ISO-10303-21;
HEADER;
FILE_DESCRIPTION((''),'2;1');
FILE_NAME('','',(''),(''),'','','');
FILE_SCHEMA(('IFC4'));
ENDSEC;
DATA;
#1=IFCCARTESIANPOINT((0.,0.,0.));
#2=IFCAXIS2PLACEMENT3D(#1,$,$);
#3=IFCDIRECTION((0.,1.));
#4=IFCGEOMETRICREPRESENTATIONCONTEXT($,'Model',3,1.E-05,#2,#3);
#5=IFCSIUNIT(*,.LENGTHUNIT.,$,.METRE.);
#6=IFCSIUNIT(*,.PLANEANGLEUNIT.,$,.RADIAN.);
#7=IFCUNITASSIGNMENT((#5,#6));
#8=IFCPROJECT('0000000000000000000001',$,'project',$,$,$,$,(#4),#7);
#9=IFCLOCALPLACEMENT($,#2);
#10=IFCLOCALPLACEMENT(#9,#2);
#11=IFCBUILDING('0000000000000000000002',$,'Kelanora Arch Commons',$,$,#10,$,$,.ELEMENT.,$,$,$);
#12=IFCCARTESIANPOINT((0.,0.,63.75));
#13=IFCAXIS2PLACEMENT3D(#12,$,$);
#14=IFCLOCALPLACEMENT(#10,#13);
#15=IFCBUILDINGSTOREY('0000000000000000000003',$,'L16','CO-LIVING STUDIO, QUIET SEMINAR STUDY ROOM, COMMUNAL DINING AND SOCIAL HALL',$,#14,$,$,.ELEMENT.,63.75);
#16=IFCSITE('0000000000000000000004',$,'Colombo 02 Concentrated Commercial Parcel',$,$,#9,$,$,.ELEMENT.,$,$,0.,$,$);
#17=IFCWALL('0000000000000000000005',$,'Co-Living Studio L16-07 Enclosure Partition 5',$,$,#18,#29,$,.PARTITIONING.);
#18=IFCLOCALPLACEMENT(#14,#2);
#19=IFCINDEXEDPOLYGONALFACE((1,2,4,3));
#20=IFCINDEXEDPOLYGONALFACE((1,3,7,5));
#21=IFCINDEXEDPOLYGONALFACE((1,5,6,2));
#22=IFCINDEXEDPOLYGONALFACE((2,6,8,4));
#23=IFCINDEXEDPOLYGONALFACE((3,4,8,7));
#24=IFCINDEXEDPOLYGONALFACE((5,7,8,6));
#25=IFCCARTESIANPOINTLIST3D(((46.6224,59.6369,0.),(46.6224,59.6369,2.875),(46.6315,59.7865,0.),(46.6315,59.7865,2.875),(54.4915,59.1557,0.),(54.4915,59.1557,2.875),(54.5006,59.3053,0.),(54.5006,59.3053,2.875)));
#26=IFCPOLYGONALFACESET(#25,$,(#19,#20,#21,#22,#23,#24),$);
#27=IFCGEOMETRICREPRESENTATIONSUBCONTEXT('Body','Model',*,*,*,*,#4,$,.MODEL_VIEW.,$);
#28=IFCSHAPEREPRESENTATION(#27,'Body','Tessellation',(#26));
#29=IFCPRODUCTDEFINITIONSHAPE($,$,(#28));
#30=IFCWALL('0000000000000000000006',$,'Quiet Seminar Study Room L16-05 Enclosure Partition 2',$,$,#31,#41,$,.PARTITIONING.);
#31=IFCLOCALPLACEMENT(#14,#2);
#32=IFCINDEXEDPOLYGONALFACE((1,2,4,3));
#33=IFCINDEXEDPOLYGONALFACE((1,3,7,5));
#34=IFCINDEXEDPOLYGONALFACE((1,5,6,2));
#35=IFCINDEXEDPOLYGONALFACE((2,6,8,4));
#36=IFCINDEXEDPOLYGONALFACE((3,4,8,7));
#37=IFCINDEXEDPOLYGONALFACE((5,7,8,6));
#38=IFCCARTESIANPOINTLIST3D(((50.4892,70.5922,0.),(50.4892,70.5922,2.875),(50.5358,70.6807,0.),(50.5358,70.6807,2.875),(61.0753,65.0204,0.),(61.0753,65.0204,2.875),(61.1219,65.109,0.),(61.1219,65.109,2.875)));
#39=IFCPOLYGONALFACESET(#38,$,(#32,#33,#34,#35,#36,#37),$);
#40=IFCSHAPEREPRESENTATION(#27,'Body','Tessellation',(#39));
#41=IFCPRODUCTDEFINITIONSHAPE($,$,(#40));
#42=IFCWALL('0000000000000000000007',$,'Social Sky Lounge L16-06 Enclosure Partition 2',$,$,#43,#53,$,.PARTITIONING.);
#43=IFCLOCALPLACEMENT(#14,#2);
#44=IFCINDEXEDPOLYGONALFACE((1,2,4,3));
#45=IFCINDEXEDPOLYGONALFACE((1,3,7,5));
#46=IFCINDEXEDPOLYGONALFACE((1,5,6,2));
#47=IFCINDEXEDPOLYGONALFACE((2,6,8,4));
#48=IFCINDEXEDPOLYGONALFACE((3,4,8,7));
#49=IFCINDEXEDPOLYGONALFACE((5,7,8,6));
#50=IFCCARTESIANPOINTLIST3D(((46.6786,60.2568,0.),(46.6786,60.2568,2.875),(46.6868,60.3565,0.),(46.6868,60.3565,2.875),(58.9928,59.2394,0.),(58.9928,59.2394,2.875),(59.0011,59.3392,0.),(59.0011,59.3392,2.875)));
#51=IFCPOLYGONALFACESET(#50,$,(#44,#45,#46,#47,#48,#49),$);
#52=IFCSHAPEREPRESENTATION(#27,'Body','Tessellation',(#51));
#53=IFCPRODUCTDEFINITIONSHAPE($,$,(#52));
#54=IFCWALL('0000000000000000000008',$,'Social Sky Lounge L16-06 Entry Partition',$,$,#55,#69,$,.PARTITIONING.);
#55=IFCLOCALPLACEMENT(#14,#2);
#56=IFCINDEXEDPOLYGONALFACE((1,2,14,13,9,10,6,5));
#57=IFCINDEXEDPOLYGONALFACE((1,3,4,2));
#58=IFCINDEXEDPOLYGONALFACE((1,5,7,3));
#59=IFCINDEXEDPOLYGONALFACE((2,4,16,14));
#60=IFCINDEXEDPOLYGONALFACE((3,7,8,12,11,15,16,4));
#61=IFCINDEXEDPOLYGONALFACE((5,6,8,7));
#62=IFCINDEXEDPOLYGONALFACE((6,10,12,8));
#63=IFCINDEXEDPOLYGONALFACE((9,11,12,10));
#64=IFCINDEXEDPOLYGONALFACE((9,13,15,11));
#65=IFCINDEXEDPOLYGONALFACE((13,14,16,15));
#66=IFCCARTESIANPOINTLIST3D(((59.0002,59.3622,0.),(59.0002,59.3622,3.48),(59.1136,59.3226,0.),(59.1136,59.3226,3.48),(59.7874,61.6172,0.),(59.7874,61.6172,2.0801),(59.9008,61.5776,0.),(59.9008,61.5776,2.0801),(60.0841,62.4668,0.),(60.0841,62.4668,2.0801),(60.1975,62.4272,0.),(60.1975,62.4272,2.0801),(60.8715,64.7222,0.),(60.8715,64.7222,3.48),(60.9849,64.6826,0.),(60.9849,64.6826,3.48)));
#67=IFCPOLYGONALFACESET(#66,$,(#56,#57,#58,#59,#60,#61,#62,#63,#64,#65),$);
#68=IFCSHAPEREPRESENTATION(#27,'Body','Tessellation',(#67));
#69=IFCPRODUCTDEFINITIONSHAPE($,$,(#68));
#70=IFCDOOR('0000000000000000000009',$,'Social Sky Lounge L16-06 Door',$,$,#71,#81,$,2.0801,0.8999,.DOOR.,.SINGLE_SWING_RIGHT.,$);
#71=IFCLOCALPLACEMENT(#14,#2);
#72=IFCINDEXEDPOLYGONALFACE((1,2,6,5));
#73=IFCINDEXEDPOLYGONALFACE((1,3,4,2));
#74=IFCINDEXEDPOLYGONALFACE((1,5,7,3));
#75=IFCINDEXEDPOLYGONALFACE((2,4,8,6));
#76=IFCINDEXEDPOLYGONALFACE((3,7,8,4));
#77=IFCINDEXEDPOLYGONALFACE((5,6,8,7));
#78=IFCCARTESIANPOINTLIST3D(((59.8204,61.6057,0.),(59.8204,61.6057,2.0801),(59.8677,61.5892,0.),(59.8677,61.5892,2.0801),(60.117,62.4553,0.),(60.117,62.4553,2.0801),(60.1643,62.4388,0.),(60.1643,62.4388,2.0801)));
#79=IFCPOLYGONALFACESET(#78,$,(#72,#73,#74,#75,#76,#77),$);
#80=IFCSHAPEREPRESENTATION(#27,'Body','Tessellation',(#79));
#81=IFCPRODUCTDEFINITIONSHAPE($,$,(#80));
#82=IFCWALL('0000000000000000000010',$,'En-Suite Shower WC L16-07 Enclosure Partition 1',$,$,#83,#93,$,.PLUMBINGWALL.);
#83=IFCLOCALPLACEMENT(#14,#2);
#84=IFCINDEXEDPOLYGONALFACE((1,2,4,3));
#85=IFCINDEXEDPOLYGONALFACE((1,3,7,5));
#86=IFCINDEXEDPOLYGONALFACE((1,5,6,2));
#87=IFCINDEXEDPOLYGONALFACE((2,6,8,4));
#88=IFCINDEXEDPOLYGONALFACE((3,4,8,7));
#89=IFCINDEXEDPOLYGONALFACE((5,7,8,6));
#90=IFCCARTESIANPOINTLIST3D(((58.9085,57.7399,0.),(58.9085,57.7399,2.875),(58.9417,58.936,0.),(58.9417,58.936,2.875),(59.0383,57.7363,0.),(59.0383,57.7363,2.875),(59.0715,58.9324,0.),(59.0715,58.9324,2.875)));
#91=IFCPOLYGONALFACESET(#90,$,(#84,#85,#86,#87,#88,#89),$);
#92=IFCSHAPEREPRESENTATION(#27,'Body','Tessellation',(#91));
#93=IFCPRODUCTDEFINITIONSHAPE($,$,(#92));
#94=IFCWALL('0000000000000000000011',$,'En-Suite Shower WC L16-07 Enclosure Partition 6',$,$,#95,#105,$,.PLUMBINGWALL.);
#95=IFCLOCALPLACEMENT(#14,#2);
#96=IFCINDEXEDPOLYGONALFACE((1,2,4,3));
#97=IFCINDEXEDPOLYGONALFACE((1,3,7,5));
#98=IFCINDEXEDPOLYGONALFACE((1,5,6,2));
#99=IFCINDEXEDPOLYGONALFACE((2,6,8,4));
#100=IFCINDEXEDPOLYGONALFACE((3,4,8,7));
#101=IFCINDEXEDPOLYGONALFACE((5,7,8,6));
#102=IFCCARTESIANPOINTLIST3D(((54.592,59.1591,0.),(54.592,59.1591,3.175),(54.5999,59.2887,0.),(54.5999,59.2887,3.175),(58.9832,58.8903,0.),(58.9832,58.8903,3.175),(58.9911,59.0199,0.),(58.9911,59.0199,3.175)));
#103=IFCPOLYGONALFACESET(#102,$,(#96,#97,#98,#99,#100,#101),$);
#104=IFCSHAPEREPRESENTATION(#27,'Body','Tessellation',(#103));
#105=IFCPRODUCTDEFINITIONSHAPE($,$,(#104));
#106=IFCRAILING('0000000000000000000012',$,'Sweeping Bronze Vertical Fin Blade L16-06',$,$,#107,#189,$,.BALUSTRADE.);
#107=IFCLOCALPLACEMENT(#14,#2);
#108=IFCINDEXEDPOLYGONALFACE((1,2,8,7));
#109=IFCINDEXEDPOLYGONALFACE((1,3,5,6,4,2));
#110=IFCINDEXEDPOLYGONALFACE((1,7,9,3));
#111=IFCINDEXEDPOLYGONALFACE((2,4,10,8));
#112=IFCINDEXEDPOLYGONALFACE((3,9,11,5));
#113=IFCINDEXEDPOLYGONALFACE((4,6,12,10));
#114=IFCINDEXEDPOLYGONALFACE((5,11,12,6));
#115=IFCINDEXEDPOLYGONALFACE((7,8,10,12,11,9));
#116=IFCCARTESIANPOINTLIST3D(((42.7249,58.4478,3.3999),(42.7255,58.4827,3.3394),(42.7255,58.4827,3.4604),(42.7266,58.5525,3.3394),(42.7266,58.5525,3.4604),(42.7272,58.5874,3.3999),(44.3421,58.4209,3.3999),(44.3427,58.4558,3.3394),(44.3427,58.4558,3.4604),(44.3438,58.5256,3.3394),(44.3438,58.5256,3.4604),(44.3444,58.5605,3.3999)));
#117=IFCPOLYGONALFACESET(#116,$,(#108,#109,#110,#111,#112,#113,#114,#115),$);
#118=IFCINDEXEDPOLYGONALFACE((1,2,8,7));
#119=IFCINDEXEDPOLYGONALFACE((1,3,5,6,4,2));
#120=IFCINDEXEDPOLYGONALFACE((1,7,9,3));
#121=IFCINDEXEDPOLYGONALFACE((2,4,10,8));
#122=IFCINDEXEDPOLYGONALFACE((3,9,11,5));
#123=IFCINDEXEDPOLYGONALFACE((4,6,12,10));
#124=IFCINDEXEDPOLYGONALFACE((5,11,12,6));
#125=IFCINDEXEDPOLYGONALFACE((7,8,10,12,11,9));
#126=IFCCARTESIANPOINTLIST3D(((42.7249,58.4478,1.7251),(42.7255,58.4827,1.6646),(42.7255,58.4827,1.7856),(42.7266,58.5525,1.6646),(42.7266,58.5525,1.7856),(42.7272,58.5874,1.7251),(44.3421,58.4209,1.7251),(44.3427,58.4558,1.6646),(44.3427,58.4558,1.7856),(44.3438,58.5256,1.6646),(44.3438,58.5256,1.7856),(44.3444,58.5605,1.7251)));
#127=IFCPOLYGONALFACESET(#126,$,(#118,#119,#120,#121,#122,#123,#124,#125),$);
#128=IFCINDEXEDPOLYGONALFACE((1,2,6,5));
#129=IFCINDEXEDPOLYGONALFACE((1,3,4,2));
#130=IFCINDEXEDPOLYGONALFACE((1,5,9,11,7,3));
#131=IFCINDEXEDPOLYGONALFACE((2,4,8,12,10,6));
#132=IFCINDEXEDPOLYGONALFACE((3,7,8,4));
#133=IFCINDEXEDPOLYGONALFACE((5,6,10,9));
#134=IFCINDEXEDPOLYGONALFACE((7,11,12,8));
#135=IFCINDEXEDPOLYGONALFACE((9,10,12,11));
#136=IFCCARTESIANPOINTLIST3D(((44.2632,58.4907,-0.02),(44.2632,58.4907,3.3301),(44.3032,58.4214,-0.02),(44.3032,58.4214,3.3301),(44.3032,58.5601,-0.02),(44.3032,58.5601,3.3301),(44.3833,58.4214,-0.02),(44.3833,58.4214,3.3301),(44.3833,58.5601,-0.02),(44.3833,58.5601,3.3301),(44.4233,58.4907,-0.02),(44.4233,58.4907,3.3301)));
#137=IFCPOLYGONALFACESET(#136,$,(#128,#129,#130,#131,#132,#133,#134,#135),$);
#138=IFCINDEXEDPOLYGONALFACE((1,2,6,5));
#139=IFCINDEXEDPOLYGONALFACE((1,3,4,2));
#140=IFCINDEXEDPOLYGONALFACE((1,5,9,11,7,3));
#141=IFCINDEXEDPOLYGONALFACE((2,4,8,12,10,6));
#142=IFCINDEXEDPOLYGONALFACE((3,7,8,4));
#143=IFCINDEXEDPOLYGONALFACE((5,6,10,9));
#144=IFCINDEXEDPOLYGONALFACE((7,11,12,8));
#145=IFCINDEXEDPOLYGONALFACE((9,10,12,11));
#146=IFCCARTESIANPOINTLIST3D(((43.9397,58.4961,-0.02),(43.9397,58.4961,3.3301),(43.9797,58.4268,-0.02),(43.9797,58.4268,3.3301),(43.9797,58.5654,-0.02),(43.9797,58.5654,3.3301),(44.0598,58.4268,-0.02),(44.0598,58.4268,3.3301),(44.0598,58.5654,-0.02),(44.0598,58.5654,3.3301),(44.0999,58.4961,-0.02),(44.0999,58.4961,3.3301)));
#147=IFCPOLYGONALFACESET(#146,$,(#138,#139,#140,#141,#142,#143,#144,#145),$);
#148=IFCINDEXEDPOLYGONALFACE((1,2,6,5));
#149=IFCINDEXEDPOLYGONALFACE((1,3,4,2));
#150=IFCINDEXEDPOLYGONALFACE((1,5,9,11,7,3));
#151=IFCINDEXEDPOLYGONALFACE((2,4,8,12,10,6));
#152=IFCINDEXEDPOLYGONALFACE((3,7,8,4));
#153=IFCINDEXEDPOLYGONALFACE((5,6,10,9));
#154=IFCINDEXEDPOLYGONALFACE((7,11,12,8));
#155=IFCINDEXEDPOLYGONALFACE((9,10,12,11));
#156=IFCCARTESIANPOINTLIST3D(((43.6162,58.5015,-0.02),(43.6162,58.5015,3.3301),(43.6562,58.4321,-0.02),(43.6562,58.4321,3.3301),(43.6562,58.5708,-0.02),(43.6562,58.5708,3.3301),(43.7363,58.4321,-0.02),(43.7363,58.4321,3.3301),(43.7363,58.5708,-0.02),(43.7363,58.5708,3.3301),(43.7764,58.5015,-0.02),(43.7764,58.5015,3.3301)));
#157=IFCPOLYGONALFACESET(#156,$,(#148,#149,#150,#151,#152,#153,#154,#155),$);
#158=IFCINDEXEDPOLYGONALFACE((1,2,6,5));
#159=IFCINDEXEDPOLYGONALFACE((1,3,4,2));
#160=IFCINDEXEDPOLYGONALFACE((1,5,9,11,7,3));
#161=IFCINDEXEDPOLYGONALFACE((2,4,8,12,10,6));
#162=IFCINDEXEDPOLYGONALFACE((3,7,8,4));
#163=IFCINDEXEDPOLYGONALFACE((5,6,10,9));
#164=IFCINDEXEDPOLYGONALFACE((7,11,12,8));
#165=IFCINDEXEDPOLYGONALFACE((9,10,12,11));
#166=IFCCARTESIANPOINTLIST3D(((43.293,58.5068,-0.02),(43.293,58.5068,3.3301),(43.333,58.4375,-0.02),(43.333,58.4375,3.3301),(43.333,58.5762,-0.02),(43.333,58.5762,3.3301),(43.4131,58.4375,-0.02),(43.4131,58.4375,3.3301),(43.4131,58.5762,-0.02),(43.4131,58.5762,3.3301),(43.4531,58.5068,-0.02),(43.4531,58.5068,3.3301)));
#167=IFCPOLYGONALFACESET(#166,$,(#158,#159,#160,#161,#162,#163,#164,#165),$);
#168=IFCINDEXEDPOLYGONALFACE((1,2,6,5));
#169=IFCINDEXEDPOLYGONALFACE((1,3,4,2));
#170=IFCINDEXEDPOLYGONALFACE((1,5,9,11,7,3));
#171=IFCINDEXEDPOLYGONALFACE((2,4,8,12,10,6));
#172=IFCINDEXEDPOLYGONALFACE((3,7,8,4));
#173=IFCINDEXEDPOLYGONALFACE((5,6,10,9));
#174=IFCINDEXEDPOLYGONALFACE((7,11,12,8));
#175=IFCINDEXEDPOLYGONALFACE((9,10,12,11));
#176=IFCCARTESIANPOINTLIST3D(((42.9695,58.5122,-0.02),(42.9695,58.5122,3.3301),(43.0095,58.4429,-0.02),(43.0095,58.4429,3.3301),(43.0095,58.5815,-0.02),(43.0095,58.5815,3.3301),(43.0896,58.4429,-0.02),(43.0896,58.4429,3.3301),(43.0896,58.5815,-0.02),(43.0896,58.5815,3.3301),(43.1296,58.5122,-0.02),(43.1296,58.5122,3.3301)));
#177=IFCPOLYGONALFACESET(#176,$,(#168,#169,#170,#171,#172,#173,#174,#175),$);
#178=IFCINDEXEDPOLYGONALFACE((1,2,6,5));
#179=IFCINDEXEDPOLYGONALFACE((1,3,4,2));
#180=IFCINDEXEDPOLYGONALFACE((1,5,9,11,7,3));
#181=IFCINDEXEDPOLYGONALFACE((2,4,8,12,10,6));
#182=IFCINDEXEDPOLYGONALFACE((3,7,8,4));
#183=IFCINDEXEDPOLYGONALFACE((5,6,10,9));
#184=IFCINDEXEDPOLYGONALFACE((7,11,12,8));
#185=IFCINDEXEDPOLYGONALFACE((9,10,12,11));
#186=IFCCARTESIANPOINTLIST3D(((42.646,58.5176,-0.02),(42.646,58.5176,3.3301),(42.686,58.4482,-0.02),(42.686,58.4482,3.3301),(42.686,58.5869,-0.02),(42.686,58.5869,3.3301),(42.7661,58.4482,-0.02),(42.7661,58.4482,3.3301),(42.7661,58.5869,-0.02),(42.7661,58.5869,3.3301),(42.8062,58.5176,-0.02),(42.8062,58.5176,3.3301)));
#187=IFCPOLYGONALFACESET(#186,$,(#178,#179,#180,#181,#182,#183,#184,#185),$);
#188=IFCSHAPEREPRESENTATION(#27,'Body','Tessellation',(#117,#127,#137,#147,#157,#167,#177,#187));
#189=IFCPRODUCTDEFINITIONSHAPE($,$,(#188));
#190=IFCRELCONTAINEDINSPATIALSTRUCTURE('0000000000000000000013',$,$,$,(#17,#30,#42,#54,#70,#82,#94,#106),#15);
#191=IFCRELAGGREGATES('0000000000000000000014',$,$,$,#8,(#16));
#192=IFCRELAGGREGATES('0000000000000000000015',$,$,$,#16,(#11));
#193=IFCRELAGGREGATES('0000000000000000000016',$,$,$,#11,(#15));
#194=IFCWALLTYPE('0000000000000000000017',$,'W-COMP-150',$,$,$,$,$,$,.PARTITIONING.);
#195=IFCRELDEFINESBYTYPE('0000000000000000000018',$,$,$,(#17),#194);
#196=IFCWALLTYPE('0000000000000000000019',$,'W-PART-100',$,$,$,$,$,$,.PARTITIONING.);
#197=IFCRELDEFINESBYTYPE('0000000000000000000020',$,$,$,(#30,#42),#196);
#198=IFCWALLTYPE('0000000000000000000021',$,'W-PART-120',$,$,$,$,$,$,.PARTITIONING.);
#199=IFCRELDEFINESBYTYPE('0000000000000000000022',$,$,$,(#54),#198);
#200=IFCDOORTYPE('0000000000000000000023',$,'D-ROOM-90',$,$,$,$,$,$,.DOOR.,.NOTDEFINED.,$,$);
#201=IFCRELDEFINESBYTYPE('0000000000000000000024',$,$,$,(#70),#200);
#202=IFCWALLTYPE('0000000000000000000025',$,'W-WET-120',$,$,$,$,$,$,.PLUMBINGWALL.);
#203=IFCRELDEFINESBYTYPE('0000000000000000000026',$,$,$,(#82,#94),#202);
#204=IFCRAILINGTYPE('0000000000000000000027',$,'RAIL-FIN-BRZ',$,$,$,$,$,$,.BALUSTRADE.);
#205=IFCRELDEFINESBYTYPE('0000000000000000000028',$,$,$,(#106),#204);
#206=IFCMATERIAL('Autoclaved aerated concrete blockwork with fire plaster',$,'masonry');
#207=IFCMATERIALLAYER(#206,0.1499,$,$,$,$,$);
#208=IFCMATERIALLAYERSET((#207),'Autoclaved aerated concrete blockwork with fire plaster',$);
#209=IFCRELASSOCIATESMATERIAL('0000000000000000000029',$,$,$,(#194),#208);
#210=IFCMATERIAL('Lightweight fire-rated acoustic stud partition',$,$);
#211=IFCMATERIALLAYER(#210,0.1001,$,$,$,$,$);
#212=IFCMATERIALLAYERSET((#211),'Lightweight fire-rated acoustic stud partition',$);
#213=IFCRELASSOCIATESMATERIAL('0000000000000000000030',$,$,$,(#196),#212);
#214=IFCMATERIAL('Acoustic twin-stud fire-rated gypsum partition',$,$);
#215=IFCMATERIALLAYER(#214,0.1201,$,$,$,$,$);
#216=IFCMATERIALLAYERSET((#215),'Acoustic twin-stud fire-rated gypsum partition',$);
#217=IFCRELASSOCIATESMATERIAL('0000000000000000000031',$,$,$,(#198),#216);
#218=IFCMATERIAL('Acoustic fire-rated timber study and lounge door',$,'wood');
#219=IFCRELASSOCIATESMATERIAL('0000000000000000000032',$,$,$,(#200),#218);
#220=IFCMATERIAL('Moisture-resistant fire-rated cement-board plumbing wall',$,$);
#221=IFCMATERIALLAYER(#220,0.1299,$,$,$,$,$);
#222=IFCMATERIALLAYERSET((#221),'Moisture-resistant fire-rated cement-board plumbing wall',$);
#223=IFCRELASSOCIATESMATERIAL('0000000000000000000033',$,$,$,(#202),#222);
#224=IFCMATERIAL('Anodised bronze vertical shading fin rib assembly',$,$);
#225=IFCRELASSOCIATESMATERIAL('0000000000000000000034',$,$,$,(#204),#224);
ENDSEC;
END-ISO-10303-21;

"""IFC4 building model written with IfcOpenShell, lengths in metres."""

from ifc_helpers import new_model, si_unit, direction, frame, frame_2d, origin, place, context, subcontext, project, spatial, polyline, rectangle, outline, extrude, material, layer, layer_set, type_object, element, fill, save


model = new_model("IFC4")

# Units and contexts
model_context = context("Model", 3, precision=1e-05, world=origin(), true_north=direction((0.0, 1.0)))
body_context = subcontext(model_context, "Body", "Model", "MODEL_VIEW")
ifc_project = project(units=[si_unit("LENGTHUNIT", "METRE"), si_unit("PLANEANGLEUNIT", "RADIAN")], contexts=[model_context])

# Site, building, storey
site_placement = place(None, origin())
site = spatial("IfcSite", under=ifc_project, at=site_placement, Name="Colombo 02 Concentrated Commercial Parcel", CompositionType="ELEMENT", RefElevation=0.0)
building_placement = place(site_placement, origin())
building = spatial("IfcBuilding", under=site, at=building_placement, Name="Kelanora Arch Commons", CompositionType="ELEMENT")
storey_placement = place(building_placement, frame((0.0, 0.0, 63.75)))
storey = spatial("IfcBuildingStorey", under=building, at=storey_placement, Name="L16", Description="CO-LIVING STUDIO, QUIET SEMINAR STUDY ROOM, COMMUNAL DINING AND SOCIAL HALL", CompositionType="ELEMENT", Elevation=63.75)

# Walls
ifc_material_1 = material(Name="Autoclaved aerated concrete blockwork with fire plaster", Category="masonry")
ifc_layer_1 = layer(ifc_material_1, 0.1499)
ifc_layer_set_1 = layer_set([ifc_layer_1], Name="Autoclaved aerated concrete blockwork with fire plaster")
wall_type_1 = type_object("IfcWallType", Name="W-COMP-150", PredefinedType="PARTITIONING", material=ifc_layer_set_1)
wall_1_placement = place(storey_placement, frame((46.627, 59.7117, 0.0), z_axis=(0.0, 0.0, 1.0), x_axis=(0.998136, -0.061036, 0.0)))
element("IfcWall", 1, at=wall_1_placement, inside=storey, type_object=wall_type_1, Name="Co-Living Studio L16-07 Enclosure Partition 5", PredefinedType="PARTITIONING", context=body_context, shape_type="SweptSolid", body=[
    extrude(rectangle(XDim=7.8838, YDim=0.1499, at=frame_2d((3.9419, 0.0))), origin(), (0.0, 0.0, 1.0), 2.875),
])
ifc_material_2 = material(Name="Lightweight fire-rated acoustic stud partition")
ifc_layer_2 = layer(ifc_material_2, 0.1001)
ifc_layer_set_2 = layer_set([ifc_layer_2], Name="Lightweight fire-rated acoustic stud partition")
wall_type_2 = type_object("IfcWallType", Name="W-PART-100", PredefinedType="PARTITIONING", material=ifc_layer_set_2)
wall_2_placement = place(storey_placement, frame((61.0986, 65.0647, 0.0), z_axis=(0.0, 0.0, 1.0), x_axis=(-0.884915, 0.465753, 0.0)))
element("IfcWall", 2, at=wall_2_placement, inside=storey, type_object=wall_type_2, Name="Quiet Seminar Study Room L16-05 Enclosure Partition 2", PredefinedType="PARTITIONING", context=body_context, shape_type="SweptSolid", body=[
    extrude(rectangle(XDim=11.9629, YDim=0.1001, at=frame_2d((5.9814, 0.0))), origin(), (0.0, 0.0, 1.0), 2.875),
])
wall_3_placement = place(storey_placement, frame((58.9971, 59.2893, 0.0), z_axis=(0.0, 0.0, 1.0), x_axis=(-0.996605, 0.082334, 0.0)))
element("IfcWall", 3, at=wall_3_placement, inside=storey, type_object=wall_type_2, Name="Social Sky Lounge L16-06 Enclosure Partition 2", PredefinedType="PARTITIONING", context=body_context, shape_type="SweptSolid", body=[
    extrude(rectangle(XDim=12.3562, YDim=0.1001, at=frame_2d((6.1782, 0.0))), origin(), (0.0, 0.0, 1.0), 2.875),
])

# Wall, opening, door
ifc_material_3 = material(Name="Acoustic twin-stud fire-rated gypsum partition")
ifc_layer_3 = layer(ifc_material_3, 0.1201)
ifc_layer_set_3 = layer_set([ifc_layer_3], Name="Acoustic twin-stud fire-rated gypsum partition")
wall_type_3 = type_object("IfcWallType", Name="W-PART-120", PredefinedType="PARTITIONING", material=ifc_layer_set_3)
wall_4_placement = place(storey_placement, frame((60.9282, 64.7024, 0.0), z_axis=(0.0, 0.0, 1.0), x_axis=(-0.329626, -0.944112, 0.0)))
wall_4 = element("IfcWall", 4, at=wall_4_placement, inside=storey, type_object=wall_type_3, Name="Social Sky Lounge L16-06 Entry Partition", PredefinedType="PARTITIONING", context=body_context, shape_type="SweptSolid", body=[
    extrude(rectangle(XDim=5.6772, YDim=0.1201, at=frame_2d((2.8386, 0.0))), origin(), (0.0, 0.0, 1.0), 3.48),
])
opening_placement = place(wall_4_placement, frame((2.3889, 0.0, 0.0)))
opening = element("IfcOpeningElement", 5, at=opening_placement, cuts=wall_4, PredefinedType="OPENING", context=body_context, shape_type="SweptSolid", body=[
    extrude(rectangle(XDim=0.8999, YDim=2.0801, at=frame_2d((0.45, 1.04))), frame((0.0, 0.0701, 0.0), z_axis=(0.0, -1.0, 0.0), x_axis=(1.0, 0.0, 0.0)), (0.0, 0.0, 1.0), 0.1401),
])
ifc_material_4 = material(Name="Acoustic fire-rated timber study and lounge door", Category="wood")
door_type = type_object("IfcDoorType", Name="D-ROOM-90", OperationType="NOTDEFINED", PredefinedType="DOOR", material=ifc_material_4)
door_placement = place(opening_placement, origin())
door = element("IfcDoor", 6, at=door_placement, inside=storey, type_object=door_type, Name="Social Sky Lounge L16-06 Door", OperationType="SINGLE_SWING_RIGHT", OverallHeight=2.0801, OverallWidth=0.8999, PredefinedType="DOOR", context=body_context, shape_type="SweptSolid", body=[
    extrude(rectangle(XDim=0.8999, YDim=2.0801, at=frame_2d((0.45, 1.04))), frame((0.0, 0.0249, 0.0), z_axis=(0.0, -1.0, 0.0), x_axis=(1.0, 0.0, 0.0)), (0.0, 0.0, 1.0), 0.05),
])
fill(opening, door)

# Walls
ifc_material_5 = material(Name="Moisture-resistant fire-rated cement-board plumbing wall")
ifc_layer_4 = layer(ifc_material_5, 0.1299)
ifc_layer_set_4 = layer_set([ifc_layer_4], Name="Moisture-resistant fire-rated cement-board plumbing wall")
wall_type_4 = type_object("IfcWallType", Name="W-WET-120", PredefinedType="PLUMBINGWALL", material=ifc_layer_set_4)
wall_5_placement = place(storey_placement, frame((59.0066, 58.9341, 0.0), z_axis=(0.0, 0.0, 1.0), x_axis=(-0.02775, -0.999615, 0.0)))
element("IfcWall", 7, at=wall_5_placement, inside=storey, type_object=wall_type_4, Name="En-Suite Shower WC L16-07 Enclosure Partition 1", PredefinedType="PLUMBINGWALL", context=body_context, shape_type="SweptSolid", body=[
    extrude(rectangle(XDim=1.1965, YDim=0.1299, at=frame_2d((0.5981, 0.0))), origin(), (0.0, 0.0, 1.0), 2.875),
])
wall_6_placement = place(storey_placement, frame((54.5959, 59.2239, 0.0), z_axis=(0.0, 0.0, 1.0), x_axis=(0.998132, -0.0611, 0.0)))
element("IfcWall", 8, at=wall_6_placement, inside=storey, type_object=wall_type_4, Name="En-Suite Shower WC L16-07 Enclosure Partition 6", PredefinedType="PLUMBINGWALL", context=body_context, shape_type="SweptSolid", body=[
    extrude(rectangle(XDim=4.3994, YDim=0.1299, at=frame_2d((2.1997, 0.0))), origin(), (0.0, 0.0, 1.0), 3.175),
])

# Railing
ifc_material_6 = material(Name="Anodised bronze vertical shading fin rib assembly")
railing_type = type_object("IfcRailingType", Name="RAIL-FIN-BRZ", PredefinedType="BALUSTRADE", material=ifc_material_6)
railing_placement = place(storey_placement, frame((44.3433, 58.4907, -0.02)))
element("IfcRailing", 9, at=railing_placement, inside=storey, type_object=railing_type, Name="Sweeping Bronze Vertical Fin Blade L16-06", PredefinedType="BALUSTRADE", context=body_context, shape_type="SweptSolid", body=[
    extrude(outline(polyline([(0.0698, 0.0), (0.0349, 0.0605), (-0.0349, 0.0605), (-0.0698, 0.0), (-0.0349, -0.0605), (0.0349, -0.0605), (0.0698, 0.0)])), frame((0.0, 0.0, 3.4199), z_axis=(-0.999862, 0.016604, 0.0), x_axis=(-0.016604, -0.999862, 0.0)), (0.0, 0.0, 1.0), 1.6174),
    extrude(outline(polyline([(0.0698, 0.0), (0.0349, 0.0605), (-0.0349, 0.0605), (-0.0698, 0.0), (-0.0349, -0.0605), (0.0349, -0.0605), (0.0698, 0.0)])), frame((0.0, 0.0, 1.7451), z_axis=(-0.999862, 0.016604, 0.0), x_axis=(-0.016604, -0.999862, 0.0)), (0.0, 0.0, 1.0), 1.6174),
    extrude(outline(polyline([(0.0801, 0.0), (0.04, 0.0693), (-0.04, 0.0693), (-0.0801, 0.0), (-0.04, -0.0693), (0.04, -0.0693), (0.0801, 0.0)])), origin(), (0.0, 0.0, 1.0), 3.3501),
    extrude(outline(polyline([(0.0801, 0.0), (0.04, 0.0693), (-0.04, 0.0693), (-0.0801, 0.0), (-0.04, -0.0693), (0.04, -0.0693), (0.0801, 0.0)])), frame((-0.3235, 0.0054, 0.0)), (0.0, 0.0, 1.0), 3.3501),
    extrude(outline(polyline([(0.0801, 0.0), (0.04, 0.0693), (-0.04, 0.0693), (-0.0801, 0.0), (-0.04, -0.0693), (0.04, -0.0693), (0.0801, 0.0)])), frame((-0.647, 0.0107, 0.0)), (0.0, 0.0, 1.0), 3.3501),
    extrude(outline(polyline([(0.0801, 0.0), (0.04, 0.0693), (-0.04, 0.0693), (-0.0801, 0.0), (-0.04, -0.0693), (0.04, -0.0693), (0.0801, 0.0)])), frame((-0.9702, 0.0161, 0.0)), (0.0, 0.0, 1.0), 3.3501),
    extrude(outline(polyline([(0.0801, 0.0), (0.04, 0.0693), (-0.04, 0.0693), (-0.0801, 0.0), (-0.04, -0.0693), (0.04, -0.0693), (0.0801, 0.0)])), frame((-1.2937, 0.0215, 0.0)), (0.0, 0.0, 1.0), 3.3501),
    extrude(outline(polyline([(0.0801, 0.0), (0.04, 0.0693), (-0.04, 0.0693), (-0.0801, 0.0), (-0.04, -0.0693), (0.04, -0.0693), (0.0801, 0.0)])), frame((-1.6172, 0.0269, 0.0)), (0.0, 0.0, 1.0), 3.3501),
])

save(model, "model.ifc")
